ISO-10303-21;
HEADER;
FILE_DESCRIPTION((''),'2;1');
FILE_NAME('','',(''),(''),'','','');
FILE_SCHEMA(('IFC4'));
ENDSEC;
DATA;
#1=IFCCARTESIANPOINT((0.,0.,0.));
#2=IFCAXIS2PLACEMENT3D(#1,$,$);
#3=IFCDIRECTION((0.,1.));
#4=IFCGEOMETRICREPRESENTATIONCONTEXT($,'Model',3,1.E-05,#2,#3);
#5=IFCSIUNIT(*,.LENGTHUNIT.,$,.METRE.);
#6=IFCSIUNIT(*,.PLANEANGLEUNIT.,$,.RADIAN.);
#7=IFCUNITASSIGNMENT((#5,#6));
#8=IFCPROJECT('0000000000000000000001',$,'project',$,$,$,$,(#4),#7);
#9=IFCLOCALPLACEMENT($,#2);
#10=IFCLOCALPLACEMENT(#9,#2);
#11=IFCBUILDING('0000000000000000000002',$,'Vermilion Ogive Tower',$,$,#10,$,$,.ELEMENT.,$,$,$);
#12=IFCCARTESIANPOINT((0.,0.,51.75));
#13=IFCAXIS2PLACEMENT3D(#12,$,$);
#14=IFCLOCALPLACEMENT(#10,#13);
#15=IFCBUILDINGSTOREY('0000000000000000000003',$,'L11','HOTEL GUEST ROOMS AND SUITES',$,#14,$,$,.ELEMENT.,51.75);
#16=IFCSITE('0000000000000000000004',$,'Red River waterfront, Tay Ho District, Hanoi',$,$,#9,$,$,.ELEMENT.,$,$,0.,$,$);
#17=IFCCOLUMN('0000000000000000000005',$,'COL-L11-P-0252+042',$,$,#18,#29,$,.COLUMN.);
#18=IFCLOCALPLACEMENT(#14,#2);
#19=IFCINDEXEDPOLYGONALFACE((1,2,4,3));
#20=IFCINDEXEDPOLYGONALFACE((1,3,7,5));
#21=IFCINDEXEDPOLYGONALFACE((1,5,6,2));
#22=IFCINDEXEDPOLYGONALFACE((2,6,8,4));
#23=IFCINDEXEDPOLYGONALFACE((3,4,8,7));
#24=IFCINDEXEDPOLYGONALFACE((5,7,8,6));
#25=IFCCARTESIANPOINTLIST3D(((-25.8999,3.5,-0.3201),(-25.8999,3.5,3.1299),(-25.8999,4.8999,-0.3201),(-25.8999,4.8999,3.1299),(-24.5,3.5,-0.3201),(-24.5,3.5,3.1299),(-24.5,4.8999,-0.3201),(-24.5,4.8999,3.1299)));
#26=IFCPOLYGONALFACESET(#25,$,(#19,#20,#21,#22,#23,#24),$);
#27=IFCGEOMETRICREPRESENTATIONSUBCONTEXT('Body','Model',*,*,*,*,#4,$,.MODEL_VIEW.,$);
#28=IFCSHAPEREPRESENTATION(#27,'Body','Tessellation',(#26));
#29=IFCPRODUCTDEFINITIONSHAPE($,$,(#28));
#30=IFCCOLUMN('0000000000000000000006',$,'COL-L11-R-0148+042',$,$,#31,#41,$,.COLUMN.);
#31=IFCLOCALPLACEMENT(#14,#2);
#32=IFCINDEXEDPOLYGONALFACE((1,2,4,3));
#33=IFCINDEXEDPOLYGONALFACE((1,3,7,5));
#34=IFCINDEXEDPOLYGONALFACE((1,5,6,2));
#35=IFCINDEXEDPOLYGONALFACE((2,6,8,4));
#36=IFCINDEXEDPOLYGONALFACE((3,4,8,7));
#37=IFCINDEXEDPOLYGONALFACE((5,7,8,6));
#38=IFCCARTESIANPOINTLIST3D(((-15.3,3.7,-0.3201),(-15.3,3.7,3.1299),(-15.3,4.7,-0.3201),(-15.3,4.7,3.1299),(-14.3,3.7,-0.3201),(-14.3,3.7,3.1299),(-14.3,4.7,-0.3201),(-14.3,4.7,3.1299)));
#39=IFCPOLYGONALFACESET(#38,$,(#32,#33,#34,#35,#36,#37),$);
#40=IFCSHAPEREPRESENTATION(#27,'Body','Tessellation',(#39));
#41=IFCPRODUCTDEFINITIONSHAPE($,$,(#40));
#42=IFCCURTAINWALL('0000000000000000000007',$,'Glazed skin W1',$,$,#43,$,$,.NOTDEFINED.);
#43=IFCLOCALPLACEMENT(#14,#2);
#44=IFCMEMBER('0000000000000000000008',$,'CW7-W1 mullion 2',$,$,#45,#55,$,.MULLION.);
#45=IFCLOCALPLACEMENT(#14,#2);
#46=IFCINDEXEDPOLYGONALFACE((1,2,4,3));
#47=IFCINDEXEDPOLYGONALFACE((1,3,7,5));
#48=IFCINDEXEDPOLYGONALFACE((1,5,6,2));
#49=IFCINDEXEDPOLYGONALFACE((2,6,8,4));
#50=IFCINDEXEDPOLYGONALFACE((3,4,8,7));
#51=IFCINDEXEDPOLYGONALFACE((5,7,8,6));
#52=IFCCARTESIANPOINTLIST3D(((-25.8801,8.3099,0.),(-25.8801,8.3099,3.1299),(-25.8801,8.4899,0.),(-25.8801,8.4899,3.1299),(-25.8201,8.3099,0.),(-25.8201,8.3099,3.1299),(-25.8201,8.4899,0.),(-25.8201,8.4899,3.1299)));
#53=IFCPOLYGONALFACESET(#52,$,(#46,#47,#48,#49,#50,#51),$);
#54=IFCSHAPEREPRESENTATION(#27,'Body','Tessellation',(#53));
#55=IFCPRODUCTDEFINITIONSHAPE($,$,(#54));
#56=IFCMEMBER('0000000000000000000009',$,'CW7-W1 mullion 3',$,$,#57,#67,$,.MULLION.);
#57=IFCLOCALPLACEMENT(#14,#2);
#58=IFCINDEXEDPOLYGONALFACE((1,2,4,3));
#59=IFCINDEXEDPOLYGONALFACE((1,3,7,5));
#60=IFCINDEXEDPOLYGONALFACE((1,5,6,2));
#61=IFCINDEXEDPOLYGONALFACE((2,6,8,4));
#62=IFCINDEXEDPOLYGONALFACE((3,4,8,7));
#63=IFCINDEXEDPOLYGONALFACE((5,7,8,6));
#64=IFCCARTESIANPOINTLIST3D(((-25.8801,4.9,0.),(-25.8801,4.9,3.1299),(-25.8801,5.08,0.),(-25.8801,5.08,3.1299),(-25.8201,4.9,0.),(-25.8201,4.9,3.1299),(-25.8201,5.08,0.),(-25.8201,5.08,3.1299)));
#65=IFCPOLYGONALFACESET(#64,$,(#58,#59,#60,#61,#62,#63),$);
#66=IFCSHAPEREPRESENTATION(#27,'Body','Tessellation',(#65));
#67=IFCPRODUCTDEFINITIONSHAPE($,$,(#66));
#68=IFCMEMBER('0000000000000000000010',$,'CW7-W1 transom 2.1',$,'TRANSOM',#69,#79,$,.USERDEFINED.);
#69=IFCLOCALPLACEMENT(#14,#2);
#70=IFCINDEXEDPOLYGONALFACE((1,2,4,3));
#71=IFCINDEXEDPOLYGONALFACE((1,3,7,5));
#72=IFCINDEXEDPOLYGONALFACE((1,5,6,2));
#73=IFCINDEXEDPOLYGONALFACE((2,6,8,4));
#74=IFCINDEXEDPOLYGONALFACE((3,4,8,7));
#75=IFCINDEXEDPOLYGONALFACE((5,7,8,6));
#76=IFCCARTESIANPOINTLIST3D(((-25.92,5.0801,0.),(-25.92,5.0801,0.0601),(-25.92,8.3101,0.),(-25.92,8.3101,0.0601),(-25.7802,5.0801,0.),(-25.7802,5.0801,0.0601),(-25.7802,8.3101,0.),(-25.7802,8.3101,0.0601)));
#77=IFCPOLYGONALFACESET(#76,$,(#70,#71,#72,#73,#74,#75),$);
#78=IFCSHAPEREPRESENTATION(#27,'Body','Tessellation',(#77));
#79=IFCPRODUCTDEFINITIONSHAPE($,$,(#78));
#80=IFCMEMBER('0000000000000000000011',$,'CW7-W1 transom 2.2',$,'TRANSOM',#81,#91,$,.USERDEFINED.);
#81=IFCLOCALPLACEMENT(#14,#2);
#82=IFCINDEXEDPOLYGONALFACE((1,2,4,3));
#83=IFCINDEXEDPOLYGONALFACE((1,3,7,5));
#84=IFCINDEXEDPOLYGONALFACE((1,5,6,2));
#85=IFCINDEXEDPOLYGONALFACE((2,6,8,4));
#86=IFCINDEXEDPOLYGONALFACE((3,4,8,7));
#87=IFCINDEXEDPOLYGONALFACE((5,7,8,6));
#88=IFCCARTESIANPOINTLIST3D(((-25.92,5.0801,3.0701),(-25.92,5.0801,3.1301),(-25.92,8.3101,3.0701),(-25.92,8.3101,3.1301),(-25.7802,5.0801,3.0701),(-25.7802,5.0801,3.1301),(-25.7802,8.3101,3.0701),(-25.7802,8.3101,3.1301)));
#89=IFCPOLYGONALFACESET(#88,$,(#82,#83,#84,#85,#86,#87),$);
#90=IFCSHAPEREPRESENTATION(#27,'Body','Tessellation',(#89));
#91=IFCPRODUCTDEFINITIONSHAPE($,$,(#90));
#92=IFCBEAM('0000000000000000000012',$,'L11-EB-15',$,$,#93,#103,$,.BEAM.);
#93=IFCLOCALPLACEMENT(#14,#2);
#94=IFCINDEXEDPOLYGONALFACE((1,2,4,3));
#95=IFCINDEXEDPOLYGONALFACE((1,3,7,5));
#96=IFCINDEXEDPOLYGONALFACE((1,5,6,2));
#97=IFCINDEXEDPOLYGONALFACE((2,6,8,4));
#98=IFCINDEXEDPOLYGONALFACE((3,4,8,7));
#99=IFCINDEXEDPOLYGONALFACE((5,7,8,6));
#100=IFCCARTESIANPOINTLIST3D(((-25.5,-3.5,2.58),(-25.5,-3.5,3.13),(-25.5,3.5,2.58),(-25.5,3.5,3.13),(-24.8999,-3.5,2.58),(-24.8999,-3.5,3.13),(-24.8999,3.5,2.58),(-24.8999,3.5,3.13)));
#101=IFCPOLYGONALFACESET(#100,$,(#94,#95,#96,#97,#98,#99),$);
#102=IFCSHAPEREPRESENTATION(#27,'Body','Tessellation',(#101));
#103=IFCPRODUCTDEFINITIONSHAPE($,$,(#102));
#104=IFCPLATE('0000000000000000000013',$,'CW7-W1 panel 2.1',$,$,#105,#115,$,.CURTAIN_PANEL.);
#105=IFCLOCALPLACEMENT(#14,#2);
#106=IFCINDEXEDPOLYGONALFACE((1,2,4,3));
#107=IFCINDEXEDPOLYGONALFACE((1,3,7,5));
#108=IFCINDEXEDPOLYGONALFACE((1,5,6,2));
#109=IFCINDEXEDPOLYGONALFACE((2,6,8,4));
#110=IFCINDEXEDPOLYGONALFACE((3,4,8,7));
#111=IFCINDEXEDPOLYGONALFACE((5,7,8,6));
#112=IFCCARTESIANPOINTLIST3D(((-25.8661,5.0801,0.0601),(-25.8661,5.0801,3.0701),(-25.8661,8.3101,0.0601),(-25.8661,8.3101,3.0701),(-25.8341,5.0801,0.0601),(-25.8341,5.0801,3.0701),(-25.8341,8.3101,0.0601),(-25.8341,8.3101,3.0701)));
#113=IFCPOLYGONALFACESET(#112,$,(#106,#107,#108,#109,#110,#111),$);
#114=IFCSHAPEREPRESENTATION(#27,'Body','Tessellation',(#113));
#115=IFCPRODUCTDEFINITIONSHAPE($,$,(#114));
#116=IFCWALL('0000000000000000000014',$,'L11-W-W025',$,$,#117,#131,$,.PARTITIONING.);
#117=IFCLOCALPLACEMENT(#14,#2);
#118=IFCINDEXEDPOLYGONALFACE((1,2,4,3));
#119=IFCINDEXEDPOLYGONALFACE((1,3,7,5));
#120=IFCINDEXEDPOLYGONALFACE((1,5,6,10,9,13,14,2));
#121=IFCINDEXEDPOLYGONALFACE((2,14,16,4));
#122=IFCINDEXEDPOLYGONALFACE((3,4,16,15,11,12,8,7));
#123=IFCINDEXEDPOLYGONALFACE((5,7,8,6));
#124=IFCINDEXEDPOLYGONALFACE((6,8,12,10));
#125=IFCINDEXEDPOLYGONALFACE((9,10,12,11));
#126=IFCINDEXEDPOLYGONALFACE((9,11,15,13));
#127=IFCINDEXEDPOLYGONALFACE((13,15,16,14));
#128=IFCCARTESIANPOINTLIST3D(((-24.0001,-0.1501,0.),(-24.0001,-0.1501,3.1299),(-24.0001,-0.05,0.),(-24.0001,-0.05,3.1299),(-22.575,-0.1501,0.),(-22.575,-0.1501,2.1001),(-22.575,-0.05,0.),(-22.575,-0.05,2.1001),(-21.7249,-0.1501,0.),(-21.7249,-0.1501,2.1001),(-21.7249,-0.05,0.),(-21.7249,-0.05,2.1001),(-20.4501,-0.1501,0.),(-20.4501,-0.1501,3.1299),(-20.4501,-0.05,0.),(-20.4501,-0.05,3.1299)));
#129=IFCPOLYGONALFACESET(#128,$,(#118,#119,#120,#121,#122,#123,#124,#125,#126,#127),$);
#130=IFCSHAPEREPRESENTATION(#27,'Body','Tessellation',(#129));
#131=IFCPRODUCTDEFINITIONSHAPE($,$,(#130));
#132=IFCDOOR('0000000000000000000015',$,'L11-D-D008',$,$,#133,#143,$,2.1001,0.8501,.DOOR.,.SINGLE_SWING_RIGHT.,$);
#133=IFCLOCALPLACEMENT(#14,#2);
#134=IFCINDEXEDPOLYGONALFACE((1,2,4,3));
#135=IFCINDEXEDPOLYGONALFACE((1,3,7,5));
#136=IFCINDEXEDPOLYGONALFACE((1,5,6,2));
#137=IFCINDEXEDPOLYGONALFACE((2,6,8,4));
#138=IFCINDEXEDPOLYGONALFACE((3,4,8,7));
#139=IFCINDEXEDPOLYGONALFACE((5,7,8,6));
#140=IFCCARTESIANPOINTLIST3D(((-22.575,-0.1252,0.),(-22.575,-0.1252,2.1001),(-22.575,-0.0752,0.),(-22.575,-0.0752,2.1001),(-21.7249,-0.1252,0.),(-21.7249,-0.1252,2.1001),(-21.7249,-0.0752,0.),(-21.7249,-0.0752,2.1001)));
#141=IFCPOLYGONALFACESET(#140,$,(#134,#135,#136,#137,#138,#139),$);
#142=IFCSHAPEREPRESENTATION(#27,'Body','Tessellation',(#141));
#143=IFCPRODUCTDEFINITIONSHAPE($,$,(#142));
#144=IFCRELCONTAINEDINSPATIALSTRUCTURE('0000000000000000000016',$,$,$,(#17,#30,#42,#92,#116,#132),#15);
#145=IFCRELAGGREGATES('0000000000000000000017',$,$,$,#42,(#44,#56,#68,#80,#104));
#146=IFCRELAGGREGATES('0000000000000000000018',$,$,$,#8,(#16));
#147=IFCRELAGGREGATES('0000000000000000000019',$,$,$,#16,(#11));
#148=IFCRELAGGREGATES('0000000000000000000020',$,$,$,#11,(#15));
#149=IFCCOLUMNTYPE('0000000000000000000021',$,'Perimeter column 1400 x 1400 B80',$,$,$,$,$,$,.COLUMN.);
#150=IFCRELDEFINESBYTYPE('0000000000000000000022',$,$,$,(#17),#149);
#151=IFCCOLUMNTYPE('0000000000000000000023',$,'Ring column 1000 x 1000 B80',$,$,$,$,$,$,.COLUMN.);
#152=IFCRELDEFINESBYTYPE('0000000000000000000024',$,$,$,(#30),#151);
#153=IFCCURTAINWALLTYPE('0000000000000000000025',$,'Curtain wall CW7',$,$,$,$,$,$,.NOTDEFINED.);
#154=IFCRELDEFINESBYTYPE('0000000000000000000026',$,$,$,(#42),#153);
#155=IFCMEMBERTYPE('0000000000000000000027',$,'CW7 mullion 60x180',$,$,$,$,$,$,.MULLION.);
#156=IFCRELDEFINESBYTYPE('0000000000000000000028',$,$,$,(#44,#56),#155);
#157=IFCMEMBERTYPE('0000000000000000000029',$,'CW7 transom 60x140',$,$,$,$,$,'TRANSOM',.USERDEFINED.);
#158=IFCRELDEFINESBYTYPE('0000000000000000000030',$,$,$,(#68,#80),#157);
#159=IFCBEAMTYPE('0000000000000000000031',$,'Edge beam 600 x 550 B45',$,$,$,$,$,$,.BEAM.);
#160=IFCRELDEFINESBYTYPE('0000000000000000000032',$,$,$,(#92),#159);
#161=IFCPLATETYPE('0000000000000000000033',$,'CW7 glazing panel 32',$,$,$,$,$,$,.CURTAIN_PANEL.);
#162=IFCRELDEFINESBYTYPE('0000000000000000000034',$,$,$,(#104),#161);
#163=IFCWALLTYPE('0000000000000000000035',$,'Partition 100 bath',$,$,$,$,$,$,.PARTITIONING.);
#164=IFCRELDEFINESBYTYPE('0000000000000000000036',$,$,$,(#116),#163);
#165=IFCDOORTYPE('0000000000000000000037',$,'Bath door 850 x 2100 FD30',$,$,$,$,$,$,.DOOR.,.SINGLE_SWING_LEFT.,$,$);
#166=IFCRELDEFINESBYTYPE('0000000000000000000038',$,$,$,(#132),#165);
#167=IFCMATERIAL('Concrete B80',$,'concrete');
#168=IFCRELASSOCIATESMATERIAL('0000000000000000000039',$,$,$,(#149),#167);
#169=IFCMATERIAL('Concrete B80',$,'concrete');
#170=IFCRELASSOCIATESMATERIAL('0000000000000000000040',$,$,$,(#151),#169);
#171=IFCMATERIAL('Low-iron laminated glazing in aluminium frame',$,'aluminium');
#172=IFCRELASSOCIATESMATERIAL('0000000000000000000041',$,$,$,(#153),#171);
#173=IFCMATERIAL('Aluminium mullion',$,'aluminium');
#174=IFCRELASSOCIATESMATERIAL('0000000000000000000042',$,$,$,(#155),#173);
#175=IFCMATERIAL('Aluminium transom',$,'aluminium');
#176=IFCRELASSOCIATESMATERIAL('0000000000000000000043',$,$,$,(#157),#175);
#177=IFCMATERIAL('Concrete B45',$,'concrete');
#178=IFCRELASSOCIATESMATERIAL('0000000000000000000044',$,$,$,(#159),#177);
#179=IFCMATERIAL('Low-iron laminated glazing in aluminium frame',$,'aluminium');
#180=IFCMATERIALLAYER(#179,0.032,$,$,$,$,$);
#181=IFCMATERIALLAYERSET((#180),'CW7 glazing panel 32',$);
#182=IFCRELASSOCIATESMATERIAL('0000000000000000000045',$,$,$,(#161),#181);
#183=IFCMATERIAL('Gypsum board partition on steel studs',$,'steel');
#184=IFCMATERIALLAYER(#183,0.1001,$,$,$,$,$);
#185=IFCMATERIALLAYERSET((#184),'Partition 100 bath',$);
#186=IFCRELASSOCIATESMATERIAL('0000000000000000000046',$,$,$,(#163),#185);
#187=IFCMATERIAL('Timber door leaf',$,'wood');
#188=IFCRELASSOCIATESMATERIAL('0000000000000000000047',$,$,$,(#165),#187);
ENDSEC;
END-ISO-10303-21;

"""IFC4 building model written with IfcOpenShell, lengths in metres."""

from ifc_helpers import new_model, si_unit, direction, frame, frame_2d, origin, origin_2d, place, context, subcontext, project, spatial, rectangle, extrude, material, layer, layer_set, material_profile, profile_set, type_object, element, fill, aggregate, save


model = new_model("IFC4")

# Units and contexts
model_context = context("Model", 3, precision=1e-05, world=origin(), true_north=direction((0.0, 1.0)))
body_context = subcontext(model_context, "Body", "Model", "MODEL_VIEW")
ifc_project = project(units=[si_unit("LENGTHUNIT", "METRE"), si_unit("PLANEANGLEUNIT", "RADIAN")], contexts=[model_context])

# Site, building, storey
site_placement = place(None, origin())
site = spatial("IfcSite", under=ifc_project, at=site_placement, Name="Red River waterfront, Tay Ho District, Hanoi", CompositionType="ELEMENT", RefElevation=0.0)
building_placement = place(site_placement, origin())
building = spatial("IfcBuilding", under=site, at=building_placement, Name="Vermilion Ogive Tower", CompositionType="ELEMENT")
storey_placement = place(building_placement, frame((0.0, 0.0, 51.75)))
storey = spatial("IfcBuildingStorey", under=building, at=storey_placement, Name="L11", Description="HOTEL GUEST ROOMS AND SUITES", CompositionType="ELEMENT", Elevation=51.75)

# Columns
ifc_material_1 = material(Name="Concrete B80", Category="concrete")
ifc_material_profile_1 = material_profile(ifc_material_1, rectangle(XDim=1.3999, YDim=1.3999, at=origin_2d()), Name="1400 x 1400")
ifc_profile_set_1 = profile_set([ifc_material_profile_1], Name="Concrete B80")
column_type_1 = type_object("IfcColumnType", Name="Perimeter column 1400 x 1400 B80", PredefinedType="COLUMN", material=ifc_profile_set_1)
column_1_placement = place(storey_placement, frame((-25.2, 4.2, -0.3201), z_axis=(0.0, 0.0, 1.0), x_axis=(1.0, 0.0, 0.0)))
element("IfcColumn", 1, at=column_1_placement, inside=storey, type_object=column_type_1, Name="COL-L11-P-0252+042", PredefinedType="COLUMN", context=body_context, shape_type="SweptSolid", body=[
    extrude(rectangle(XDim=1.3999, YDim=1.3999, at=origin_2d()), origin(), (0.0, 0.0, 1.0), 3.45),
])
ifc_material_2 = material(Name="Concrete B80", Category="concrete")
ifc_material_profile_2 = material_profile(ifc_material_2, rectangle(XDim=1.0, YDim=1.0, at=origin_2d()), Name="1000 x 1000")
ifc_profile_set_2 = profile_set([ifc_material_profile_2], Name="Concrete B80")
column_type_2 = type_object("IfcColumnType", Name="Ring column 1000 x 1000 B80", PredefinedType="COLUMN", material=ifc_profile_set_2)
column_2_placement = place(storey_placement, frame((-14.8, 4.2, -0.3201), z_axis=(0.0, 0.0, 1.0), x_axis=(1.0, 0.0, 0.0)))
element("IfcColumn", 2, at=column_2_placement, inside=storey, type_object=column_type_2, Name="COL-L11-R-0148+042", PredefinedType="COLUMN", context=body_context, shape_type="SweptSolid", body=[
    extrude(rectangle(XDim=1.0, YDim=1.0, at=origin_2d()), origin(), (0.0, 0.0, 1.0), 3.45),
])

# Curtain wall, members
ifc_material_3 = material(Name="Low-iron laminated glazing in aluminium frame", Category="aluminium")
curtain_wall_type = type_object("IfcCurtainWallType", Name="Curtain wall CW7", PredefinedType="NOTDEFINED", material=ifc_material_3)
curtain_wall_placement = place(storey_placement, origin())
curtain_wall = element("IfcCurtainWall", 3, at=curtain_wall_placement, inside=storey, type_object=curtain_wall_type, Name="Glazed skin W1", PredefinedType="NOTDEFINED")
ifc_material_4 = material(Name="Aluminium mullion", Category="aluminium")
ifc_material_profile_3 = material_profile(ifc_material_4, rectangle(XDim=0.0601, YDim=0.1799, at=origin_2d()), Name="AL 60x180")
ifc_profile_set_3 = profile_set([ifc_material_profile_3], Name="Aluminium mullion")
member_type_1 = type_object("IfcMemberType", Name="CW7 mullion 60x180", PredefinedType="MULLION", material=ifc_profile_set_3)
member_1_placement = place(storey_placement, frame((-25.8501, 8.3999, 0.0), z_axis=(0.0, 0.0, 1.0), x_axis=(1.0, 0.0, 0.0)))
member_1 = element("IfcMember", 4, at=member_1_placement, type_object=member_type_1, Name="CW7-W1 mullion 2", PredefinedType="MULLION", context=body_context, shape_type="SweptSolid", body=[
    extrude(rectangle(XDim=0.0601, YDim=0.1799, at=origin_2d()), origin(), (0.0, 0.0, 1.0), 3.1299),
])
member_2_placement = place(storey_placement, frame((-25.8501, 4.99, 0.0), z_axis=(0.0, 0.0, 1.0), x_axis=(1.0, 0.0, 0.0)))
member_2 = element("IfcMember", 5, at=member_2_placement, type_object=member_type_1, Name="CW7-W1 mullion 3", PredefinedType="MULLION", context=body_context, shape_type="SweptSolid", body=[
    extrude(rectangle(XDim=0.0601, YDim=0.1799, at=origin_2d()), origin(), (0.0, 0.0, 1.0), 3.1299),
])
ifc_material_5 = material(Name="Aluminium transom", Category="aluminium")
ifc_material_profile_4 = material_profile(ifc_material_5, rectangle(XDim=0.1399, YDim=0.0601, at=origin_2d()), Name="AL 60x140")
ifc_profile_set_4 = profile_set([ifc_material_profile_4], Name="Aluminium transom")
member_type_2 = type_object("IfcMemberType", Name="CW7 transom 60x140", ElementType="TRANSOM", PredefinedType="USERDEFINED", material=ifc_profile_set_4)
member_3_placement = place(storey_placement, frame((-25.8501, 8.3101, 0.03), z_axis=(0.0, -1.0, 0.0), x_axis=(1.0, 0.0, 0.0)))
member_3 = element("IfcMember", 6, at=member_3_placement, type_object=member_type_2, Name="CW7-W1 transom 2.1", ObjectType="TRANSOM", PredefinedType="USERDEFINED", context=body_context, shape_type="SweptSolid", body=[
    extrude(rectangle(XDim=0.1399, YDim=0.0601, at=origin_2d()), origin(), (0.0, 0.0, 1.0), 3.23),
])
member_4_placement = place(storey_placement, frame((-25.8501, 8.3101, 3.1001), z_axis=(0.0, -1.0, 0.0), x_axis=(1.0, 0.0, 0.0)))
member_4 = element("IfcMember", 7, at=member_4_placement, type_object=member_type_2, Name="CW7-W1 transom 2.2", ObjectType="TRANSOM", PredefinedType="USERDEFINED", context=body_context, shape_type="SweptSolid", body=[
    extrude(rectangle(XDim=0.1399, YDim=0.0601, at=origin_2d()), origin(), (0.0, 0.0, 1.0), 3.23),
])

# Beam
ifc_material_6 = material(Name="Concrete B45", Category="concrete")
ifc_material_profile_5 = material_profile(ifc_material_6, rectangle(XDim=0.6001, YDim=0.55, at=origin_2d()), Name="600 x 550")
ifc_profile_set_5 = profile_set([ifc_material_profile_5], Name="Concrete B45")
beam_type = type_object("IfcBeamType", Name="Edge beam 600 x 550 B45", PredefinedType="BEAM", material=ifc_profile_set_5)
beam_placement = place(storey_placement, frame((-25.2, 3.5, 2.855), z_axis=(0.0, -1.0, 0.0), x_axis=(1.0, 0.0, 0.0)))
element("IfcBeam", 8, at=beam_placement, inside=storey, type_object=beam_type, Name="L11-EB-15", PredefinedType="BEAM", context=body_context, shape_type="SweptSolid", body=[
    extrude(rectangle(XDim=0.6001, YDim=0.55, at=origin_2d()), origin(), (0.0, 0.0, 1.0), 7.0),
])

# Plate
ifc_material_7 = material(Name="Low-iron laminated glazing in aluminium frame", Category="aluminium")
ifc_layer_1 = layer(ifc_material_7, 0.032)
ifc_layer_set_1 = layer_set([ifc_layer_1], Name="CW7 glazing panel 32")
plate_type = type_object("IfcPlateType", Name="CW7 glazing panel 32", PredefinedType="CURTAIN_PANEL", material=ifc_layer_set_1)
plate_placement = place(storey_placement, frame((-25.8501, 6.6951, 0.0601), z_axis=(0.0, 0.0, 1.0), x_axis=(0.0, -1.0, 0.0)))
plate = element("IfcPlate", 9, at=plate_placement, type_object=plate_type, Name="CW7-W1 panel 2.1", PredefinedType="CURTAIN_PANEL", context=body_context, shape_type="SweptSolid", body=[
    extrude(rectangle(XDim=3.23, YDim=0.032, at=origin_2d()), origin(), (0.0, 0.0, 1.0), 3.01),
])
aggregate(curtain_wall, [member_1, member_2, member_3, member_4, plate])

# Wall, opening, door
ifc_material_8 = material(Name="Gypsum board partition on steel studs", Category="steel")
ifc_layer_2 = layer(ifc_material_8, 0.1001)
ifc_layer_set_2 = layer_set([ifc_layer_2], Name="Partition 100 bath")
wall_type_1 = type_object("IfcWallType", Name="Partition 100 bath", PredefinedType="PARTITIONING", material=ifc_layer_set_2)
wall_1_placement = place(storey_placement, frame((-24.0, -0.1001, 0.0), z_axis=(0.0, 0.0, 1.0), x_axis=(1.0, 0.0, 0.0)))
wall_1 = element("IfcWall", 10, at=wall_1_placement, inside=storey, type_object=wall_type_1, Name="L11-W-W025", PredefinedType="PARTITIONING", context=body_context, shape_type="SweptSolid", body=[
    extrude(rectangle(XDim=3.55, YDim=0.1001, at=frame_2d((1.7749, 0.0))), origin(), (0.0, 0.0, 1.0), 3.1299),
])
opening_1_placement = place(wall_1_placement, frame((1.425, 0.0, 0.0)))
opening_1 = element("IfcOpeningElement", 11, at=opening_1_placement, cuts=wall_1, PredefinedType="OPENING", context=body_context, shape_type="SweptSolid", body=[
    extrude(rectangle(XDim=0.8501, YDim=2.1001, at=frame_2d((0.425, 1.05))), frame((0.0, 0.0601, 0.0), z_axis=(0.0, -1.0, 0.0), x_axis=(1.0, 0.0, 0.0)), (0.0, 0.0, 1.0), 0.1201),
])
ifc_material_9 = material(Name="Timber door leaf", Category="wood")
door_type_1 = type_object("IfcDoorType", Name="Bath door 850 x 2100 FD30", OperationType="SINGLE_SWING_LEFT", PredefinedType="DOOR", material=ifc_material_9)
door_1_placement = place(opening_1_placement, origin())
door_1 = element("IfcDoor", 12, at=door_1_placement, inside=storey, type_object=door_type_1, Name="L11-D-D008", OperationType="SINGLE_SWING_RIGHT", OverallHeight=2.1001, OverallWidth=0.8501, PredefinedType="DOOR", context=body_context, shape_type="SweptSolid", body=[
    extrude(rectangle(XDim=0.8501, YDim=2.1001, at=frame_2d((0.425, 1.05))), frame((0.0, 0.0249, 0.0), z_axis=(0.0, -1.0, 0.0), x_axis=(1.0, 0.0, 0.0)), (0.0, 0.0, 1.0), 0.05),
])
fill(opening_1, door_1)

save(model, "model.ifc")
